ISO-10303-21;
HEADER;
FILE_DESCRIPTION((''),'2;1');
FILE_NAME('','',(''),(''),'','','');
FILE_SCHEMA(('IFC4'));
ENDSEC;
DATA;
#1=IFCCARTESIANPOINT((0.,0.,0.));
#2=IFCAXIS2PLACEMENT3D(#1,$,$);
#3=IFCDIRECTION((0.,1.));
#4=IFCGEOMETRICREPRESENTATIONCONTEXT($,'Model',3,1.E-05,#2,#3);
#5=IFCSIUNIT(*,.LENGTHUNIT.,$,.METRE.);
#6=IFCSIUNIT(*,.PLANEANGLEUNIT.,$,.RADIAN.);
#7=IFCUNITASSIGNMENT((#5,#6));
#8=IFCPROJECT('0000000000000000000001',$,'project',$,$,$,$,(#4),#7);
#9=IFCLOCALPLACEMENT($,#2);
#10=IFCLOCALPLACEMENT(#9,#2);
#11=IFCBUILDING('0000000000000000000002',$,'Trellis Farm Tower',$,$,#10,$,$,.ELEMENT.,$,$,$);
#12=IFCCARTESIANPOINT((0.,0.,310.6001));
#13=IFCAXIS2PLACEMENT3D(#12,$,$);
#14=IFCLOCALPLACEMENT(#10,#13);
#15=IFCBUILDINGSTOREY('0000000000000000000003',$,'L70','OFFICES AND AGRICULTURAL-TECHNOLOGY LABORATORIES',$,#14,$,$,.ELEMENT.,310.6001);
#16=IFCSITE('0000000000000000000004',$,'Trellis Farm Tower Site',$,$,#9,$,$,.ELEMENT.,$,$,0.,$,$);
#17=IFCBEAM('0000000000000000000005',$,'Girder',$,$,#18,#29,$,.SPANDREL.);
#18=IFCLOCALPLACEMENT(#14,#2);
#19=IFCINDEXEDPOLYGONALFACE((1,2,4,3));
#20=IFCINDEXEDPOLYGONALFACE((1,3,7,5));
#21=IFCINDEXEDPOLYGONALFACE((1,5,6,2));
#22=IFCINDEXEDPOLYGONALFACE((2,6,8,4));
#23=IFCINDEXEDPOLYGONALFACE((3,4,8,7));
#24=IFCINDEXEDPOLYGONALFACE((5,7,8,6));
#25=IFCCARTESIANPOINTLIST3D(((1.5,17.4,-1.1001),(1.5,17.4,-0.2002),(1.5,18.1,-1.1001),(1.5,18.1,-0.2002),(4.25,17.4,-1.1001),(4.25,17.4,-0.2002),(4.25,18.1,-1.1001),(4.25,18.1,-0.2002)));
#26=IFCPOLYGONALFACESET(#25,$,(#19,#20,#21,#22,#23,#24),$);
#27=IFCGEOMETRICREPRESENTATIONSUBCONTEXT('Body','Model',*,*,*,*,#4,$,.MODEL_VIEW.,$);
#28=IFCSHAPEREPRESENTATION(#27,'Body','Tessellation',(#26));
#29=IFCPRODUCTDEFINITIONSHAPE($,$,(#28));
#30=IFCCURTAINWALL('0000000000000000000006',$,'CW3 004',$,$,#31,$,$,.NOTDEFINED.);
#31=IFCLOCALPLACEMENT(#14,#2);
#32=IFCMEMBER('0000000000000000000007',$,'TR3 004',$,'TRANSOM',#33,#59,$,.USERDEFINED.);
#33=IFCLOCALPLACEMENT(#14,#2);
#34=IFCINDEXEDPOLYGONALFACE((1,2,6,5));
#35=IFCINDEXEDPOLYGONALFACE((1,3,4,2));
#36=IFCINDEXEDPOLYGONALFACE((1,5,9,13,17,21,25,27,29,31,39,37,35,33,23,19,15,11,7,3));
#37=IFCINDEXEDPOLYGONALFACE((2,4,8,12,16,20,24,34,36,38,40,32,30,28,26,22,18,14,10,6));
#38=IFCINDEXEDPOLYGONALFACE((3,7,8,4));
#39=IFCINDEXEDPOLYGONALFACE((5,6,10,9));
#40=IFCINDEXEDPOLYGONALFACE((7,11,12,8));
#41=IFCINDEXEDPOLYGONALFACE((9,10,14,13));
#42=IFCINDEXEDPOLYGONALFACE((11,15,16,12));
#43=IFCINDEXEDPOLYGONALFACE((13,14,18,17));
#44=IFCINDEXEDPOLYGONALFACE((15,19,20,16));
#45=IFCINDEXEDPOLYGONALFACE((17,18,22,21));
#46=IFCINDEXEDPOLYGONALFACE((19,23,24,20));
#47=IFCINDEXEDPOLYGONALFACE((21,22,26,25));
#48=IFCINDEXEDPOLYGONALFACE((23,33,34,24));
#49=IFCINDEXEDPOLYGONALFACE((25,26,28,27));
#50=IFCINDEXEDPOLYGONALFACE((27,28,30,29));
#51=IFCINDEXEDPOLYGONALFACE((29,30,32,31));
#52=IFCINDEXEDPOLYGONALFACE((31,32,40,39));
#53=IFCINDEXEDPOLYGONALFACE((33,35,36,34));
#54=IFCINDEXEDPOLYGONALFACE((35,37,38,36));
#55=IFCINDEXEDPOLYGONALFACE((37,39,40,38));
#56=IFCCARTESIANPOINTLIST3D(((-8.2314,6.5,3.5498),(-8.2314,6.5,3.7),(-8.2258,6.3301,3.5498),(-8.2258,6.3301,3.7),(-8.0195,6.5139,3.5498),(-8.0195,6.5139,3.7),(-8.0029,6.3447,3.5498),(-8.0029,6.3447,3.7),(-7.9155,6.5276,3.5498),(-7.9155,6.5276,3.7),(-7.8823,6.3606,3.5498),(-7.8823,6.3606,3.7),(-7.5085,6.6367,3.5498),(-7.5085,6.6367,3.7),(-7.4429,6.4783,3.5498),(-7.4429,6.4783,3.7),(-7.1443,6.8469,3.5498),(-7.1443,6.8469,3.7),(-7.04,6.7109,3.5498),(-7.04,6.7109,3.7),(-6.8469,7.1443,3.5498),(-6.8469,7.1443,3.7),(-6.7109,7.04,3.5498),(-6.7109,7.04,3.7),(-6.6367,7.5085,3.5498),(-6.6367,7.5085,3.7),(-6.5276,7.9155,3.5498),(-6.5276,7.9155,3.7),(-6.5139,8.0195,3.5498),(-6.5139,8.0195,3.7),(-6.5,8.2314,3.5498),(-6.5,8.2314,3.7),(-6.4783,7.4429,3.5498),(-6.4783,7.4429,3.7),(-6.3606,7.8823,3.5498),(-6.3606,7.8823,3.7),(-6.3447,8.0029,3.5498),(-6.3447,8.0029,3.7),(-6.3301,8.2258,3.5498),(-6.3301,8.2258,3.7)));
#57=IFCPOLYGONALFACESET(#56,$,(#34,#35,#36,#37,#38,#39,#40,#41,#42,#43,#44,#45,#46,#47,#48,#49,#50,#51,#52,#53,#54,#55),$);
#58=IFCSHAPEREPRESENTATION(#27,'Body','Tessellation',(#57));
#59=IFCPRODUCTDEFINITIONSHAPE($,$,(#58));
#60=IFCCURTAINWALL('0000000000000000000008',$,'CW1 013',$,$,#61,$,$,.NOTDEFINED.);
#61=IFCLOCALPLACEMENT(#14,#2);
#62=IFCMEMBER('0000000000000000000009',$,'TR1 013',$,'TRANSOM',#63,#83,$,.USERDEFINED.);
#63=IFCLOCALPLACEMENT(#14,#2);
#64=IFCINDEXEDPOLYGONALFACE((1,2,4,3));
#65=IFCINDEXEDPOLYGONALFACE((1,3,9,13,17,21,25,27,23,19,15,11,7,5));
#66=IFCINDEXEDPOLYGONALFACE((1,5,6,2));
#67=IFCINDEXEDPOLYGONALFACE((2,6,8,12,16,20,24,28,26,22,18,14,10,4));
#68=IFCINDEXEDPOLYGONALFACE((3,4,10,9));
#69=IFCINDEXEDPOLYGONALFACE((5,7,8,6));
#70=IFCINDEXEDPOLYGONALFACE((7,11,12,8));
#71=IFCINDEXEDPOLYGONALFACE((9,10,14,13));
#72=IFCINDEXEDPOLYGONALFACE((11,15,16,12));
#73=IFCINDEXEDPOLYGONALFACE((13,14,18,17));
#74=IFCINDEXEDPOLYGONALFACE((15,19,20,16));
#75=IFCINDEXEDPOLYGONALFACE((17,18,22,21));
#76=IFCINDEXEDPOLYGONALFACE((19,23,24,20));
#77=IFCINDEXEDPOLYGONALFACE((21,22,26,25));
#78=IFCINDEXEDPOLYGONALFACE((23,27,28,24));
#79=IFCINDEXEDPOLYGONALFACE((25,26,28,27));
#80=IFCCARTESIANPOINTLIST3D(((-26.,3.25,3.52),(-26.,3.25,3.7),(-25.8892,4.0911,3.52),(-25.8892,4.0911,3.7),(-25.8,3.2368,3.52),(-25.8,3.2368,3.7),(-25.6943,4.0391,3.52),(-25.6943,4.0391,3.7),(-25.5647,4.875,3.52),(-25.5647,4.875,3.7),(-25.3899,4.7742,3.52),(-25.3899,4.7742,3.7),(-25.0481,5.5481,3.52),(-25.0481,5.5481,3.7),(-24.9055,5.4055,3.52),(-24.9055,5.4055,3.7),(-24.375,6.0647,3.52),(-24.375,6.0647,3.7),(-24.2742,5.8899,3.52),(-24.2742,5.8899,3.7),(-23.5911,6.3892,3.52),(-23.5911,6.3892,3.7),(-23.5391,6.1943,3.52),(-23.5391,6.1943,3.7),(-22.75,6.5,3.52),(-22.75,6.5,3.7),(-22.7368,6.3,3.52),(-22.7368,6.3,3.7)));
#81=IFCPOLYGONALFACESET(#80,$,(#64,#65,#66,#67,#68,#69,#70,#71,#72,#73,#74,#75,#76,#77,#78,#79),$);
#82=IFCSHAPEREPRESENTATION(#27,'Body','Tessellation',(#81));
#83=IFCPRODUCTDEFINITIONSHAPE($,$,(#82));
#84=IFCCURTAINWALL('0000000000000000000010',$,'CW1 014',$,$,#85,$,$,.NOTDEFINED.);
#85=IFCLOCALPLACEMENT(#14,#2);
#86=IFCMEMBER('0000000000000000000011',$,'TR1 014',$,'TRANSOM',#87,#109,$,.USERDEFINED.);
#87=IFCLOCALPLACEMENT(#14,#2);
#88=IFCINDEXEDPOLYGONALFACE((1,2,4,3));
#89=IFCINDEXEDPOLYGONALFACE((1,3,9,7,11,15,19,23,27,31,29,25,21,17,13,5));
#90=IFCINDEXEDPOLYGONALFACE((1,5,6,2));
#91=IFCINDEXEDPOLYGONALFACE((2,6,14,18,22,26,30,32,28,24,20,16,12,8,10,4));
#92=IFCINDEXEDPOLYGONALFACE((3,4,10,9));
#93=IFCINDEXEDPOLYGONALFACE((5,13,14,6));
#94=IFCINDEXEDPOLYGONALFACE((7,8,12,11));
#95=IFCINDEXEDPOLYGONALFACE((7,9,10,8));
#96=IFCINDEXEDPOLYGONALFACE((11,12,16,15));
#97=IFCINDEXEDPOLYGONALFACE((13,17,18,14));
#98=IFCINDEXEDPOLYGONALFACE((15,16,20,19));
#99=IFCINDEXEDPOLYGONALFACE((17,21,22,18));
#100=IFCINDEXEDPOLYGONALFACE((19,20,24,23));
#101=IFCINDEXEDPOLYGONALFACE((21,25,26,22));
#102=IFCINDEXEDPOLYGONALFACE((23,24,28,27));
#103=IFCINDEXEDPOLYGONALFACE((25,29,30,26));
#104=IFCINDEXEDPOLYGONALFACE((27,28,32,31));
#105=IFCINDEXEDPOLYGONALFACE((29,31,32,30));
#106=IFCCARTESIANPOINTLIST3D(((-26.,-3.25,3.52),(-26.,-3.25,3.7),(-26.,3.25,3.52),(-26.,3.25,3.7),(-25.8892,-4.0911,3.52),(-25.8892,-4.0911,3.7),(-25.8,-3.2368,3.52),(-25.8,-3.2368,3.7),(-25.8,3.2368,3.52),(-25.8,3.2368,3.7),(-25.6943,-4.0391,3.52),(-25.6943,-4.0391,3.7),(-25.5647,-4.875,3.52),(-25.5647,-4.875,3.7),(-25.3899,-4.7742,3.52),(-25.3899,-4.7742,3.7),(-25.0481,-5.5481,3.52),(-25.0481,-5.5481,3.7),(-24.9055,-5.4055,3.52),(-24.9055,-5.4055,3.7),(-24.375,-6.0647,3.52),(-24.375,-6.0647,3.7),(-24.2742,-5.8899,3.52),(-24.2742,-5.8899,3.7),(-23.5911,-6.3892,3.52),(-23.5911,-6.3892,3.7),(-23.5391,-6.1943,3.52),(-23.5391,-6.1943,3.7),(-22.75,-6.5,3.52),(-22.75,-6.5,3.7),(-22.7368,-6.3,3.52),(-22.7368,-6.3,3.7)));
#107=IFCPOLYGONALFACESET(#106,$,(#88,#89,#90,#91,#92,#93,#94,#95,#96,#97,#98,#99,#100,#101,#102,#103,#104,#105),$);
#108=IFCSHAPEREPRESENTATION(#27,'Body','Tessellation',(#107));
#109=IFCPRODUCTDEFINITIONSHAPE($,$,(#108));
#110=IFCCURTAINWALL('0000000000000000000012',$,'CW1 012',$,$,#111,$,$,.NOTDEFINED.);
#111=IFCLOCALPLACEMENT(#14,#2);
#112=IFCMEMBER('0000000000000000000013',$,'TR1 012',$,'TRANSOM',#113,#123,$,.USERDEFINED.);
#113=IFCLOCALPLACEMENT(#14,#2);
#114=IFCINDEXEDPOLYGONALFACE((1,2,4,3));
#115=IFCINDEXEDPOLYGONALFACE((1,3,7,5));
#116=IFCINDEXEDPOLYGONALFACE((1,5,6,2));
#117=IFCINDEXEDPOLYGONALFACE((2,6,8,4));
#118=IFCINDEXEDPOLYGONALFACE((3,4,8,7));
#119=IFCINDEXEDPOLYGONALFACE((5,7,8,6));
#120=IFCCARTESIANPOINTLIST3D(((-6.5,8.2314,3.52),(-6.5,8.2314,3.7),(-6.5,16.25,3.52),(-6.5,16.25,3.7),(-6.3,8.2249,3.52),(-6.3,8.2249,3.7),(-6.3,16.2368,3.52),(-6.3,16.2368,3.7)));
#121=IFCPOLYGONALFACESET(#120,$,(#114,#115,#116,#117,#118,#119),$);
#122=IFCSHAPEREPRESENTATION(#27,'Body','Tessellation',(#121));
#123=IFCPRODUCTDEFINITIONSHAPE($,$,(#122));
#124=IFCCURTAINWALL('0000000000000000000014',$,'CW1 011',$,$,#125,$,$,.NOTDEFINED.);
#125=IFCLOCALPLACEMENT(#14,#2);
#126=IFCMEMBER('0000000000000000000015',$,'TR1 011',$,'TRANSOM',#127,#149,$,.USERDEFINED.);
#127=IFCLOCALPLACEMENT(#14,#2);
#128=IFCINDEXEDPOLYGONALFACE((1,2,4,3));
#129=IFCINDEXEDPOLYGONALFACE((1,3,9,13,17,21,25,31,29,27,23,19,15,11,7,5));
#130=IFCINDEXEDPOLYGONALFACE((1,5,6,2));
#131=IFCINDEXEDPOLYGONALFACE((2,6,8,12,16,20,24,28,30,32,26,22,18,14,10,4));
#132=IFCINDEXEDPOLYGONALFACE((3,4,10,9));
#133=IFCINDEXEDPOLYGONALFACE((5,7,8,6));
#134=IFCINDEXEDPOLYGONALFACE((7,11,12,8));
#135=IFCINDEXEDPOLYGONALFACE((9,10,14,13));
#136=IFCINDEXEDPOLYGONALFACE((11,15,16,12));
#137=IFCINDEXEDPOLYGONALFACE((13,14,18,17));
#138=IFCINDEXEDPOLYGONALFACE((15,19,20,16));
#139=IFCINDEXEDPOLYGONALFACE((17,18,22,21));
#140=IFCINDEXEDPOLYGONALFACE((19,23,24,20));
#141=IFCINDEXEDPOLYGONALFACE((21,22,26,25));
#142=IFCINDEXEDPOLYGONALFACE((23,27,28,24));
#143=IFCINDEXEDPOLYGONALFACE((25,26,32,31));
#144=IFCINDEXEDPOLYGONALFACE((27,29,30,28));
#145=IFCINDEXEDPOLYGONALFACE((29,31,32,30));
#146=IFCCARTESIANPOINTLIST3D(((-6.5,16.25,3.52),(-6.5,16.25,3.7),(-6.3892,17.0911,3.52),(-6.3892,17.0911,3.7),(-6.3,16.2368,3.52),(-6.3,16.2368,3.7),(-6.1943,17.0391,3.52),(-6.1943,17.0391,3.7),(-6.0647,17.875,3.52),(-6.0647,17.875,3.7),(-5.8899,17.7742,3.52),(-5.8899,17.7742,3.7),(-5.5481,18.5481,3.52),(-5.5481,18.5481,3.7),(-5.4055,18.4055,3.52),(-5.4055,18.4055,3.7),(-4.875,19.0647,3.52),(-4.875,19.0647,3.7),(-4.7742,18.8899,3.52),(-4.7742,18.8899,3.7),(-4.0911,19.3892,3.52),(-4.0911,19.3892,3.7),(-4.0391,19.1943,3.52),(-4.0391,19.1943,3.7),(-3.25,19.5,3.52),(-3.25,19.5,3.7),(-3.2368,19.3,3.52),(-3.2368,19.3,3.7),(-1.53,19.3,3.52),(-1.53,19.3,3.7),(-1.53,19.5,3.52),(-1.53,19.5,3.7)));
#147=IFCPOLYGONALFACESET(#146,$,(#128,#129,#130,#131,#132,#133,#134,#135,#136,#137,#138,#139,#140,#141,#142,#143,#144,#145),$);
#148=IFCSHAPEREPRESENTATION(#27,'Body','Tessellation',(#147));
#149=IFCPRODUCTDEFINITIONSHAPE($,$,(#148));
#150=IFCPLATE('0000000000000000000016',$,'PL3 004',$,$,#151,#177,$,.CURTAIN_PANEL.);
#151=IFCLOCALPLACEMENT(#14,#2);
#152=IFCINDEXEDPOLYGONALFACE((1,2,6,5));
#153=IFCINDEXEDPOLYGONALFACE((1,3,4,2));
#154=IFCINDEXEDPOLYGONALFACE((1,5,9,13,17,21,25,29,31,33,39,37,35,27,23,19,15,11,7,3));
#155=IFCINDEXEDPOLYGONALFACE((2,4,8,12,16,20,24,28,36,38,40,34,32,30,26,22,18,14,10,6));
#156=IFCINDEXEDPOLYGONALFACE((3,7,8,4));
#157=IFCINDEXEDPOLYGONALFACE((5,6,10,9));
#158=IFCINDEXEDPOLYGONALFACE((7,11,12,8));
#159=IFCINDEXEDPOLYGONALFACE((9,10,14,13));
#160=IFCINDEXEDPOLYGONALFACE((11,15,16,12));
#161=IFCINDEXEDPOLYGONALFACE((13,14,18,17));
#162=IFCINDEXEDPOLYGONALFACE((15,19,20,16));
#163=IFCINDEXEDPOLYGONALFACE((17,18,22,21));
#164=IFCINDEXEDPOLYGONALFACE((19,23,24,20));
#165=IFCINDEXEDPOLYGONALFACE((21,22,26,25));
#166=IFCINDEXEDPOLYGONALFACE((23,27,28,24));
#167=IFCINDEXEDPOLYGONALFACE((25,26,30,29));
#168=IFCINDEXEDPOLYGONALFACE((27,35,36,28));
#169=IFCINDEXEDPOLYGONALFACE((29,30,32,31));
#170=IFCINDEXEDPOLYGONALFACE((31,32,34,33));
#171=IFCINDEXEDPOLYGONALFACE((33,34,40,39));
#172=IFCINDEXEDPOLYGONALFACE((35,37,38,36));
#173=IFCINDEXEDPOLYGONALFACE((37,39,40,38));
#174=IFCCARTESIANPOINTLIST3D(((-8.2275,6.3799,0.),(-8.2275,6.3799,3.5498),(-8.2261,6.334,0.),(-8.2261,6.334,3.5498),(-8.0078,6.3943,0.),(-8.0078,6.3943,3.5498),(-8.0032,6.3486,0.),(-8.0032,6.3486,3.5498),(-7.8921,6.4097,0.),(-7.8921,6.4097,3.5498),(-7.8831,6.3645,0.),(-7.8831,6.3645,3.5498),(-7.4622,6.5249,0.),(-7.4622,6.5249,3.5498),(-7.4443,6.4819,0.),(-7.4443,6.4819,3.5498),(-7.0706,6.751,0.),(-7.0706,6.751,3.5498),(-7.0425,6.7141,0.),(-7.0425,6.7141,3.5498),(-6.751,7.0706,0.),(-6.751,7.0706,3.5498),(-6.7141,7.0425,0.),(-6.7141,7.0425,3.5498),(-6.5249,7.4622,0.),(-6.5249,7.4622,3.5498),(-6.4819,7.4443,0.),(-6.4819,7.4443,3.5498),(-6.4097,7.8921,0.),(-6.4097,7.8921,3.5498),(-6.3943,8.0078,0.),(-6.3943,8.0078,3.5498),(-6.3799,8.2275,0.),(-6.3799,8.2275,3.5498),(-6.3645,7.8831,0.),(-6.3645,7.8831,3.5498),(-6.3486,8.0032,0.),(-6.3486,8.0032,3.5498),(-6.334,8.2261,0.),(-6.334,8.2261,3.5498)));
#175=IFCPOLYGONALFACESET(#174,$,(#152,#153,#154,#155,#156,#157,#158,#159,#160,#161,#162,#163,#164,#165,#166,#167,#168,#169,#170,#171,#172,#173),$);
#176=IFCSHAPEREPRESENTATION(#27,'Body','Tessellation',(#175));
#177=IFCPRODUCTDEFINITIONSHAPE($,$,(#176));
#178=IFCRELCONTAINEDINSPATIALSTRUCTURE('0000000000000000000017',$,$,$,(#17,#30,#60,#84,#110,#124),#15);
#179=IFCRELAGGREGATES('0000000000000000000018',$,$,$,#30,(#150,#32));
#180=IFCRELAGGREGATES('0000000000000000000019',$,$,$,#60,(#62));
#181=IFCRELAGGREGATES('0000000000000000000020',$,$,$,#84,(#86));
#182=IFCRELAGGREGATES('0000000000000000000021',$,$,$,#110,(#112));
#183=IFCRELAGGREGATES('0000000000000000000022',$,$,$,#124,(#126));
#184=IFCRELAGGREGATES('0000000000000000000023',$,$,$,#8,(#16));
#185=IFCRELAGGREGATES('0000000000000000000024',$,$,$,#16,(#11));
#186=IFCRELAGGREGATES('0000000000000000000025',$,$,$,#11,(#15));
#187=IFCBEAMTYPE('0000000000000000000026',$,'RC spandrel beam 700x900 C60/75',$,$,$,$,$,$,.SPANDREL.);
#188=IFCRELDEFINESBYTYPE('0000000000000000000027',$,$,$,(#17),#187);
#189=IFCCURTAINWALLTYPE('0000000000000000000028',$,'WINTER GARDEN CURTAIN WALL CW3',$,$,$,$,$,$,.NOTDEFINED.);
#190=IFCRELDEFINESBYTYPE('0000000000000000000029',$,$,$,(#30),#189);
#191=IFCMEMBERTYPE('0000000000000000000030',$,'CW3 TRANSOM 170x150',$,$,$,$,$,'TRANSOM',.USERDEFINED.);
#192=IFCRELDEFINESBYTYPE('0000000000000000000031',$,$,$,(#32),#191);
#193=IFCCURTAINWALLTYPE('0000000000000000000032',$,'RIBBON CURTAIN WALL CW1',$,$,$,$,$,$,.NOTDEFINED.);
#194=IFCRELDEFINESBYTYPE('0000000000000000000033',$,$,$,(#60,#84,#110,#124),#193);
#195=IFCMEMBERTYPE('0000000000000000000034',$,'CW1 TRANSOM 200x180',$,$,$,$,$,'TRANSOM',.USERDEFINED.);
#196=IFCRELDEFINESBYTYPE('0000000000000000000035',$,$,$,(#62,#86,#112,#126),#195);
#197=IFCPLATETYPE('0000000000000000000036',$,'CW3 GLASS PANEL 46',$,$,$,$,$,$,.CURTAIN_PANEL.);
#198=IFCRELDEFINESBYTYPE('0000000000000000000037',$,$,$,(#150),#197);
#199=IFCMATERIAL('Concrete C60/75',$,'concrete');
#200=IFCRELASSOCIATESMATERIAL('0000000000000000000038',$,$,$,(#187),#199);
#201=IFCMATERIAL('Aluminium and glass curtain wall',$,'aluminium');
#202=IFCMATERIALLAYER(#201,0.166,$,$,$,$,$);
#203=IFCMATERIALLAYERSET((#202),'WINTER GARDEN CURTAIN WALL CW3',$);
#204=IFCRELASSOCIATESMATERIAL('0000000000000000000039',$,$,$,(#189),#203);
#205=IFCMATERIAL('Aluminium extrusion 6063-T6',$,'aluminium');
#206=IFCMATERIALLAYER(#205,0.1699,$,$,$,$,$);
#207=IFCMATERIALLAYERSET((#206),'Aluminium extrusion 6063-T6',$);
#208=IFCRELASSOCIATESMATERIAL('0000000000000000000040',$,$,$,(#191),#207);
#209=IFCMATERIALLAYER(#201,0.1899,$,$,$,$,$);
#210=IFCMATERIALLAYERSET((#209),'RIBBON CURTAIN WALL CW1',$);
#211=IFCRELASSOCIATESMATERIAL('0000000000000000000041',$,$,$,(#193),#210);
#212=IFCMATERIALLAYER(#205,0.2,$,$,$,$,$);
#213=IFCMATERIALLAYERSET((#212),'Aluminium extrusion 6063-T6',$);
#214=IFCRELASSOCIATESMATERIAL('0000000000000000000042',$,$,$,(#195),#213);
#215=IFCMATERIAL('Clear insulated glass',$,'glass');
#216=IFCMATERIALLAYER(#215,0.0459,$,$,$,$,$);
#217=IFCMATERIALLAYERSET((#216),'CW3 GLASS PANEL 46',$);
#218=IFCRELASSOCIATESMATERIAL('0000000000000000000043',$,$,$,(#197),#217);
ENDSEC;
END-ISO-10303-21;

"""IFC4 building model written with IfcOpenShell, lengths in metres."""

from ifc_helpers import new_model, si_unit, direction, frame, origin, origin_2d, place, context, subcontext, project, spatial, polyline, rectangle, outline, extrude, source, transform, mapped, material, layer, layer_set, material_profile, profile_set, type_object, element, aggregate, save


model = new_model("IFC4")

# Units and contexts
model_context = context("Model", 3, precision=1e-05, world=origin(), true_north=direction((0.0, 1.0)))
body_context = subcontext(model_context, "Body", "Model", "MODEL_VIEW")
ifc_project = project(units=[si_unit("LENGTHUNIT", "METRE"), si_unit("PLANEANGLEUNIT", "RADIAN")], contexts=[model_context])

# Site, building, storey
site_placement = place(None, origin())
site = spatial("IfcSite", under=ifc_project, at=site_placement, Name="Trellis Farm Tower Site", CompositionType="ELEMENT", RefElevation=0.0)
building_placement = place(site_placement, origin())
building = spatial("IfcBuilding", under=site, at=building_placement, Name="Trellis Farm Tower", CompositionType="ELEMENT")
storey_placement = place(building_placement, frame((0.0, 0.0, 310.6001)))
storey = spatial("IfcBuildingStorey", under=building, at=storey_placement, Name="L70", Description="OFFICES AND AGRICULTURAL-TECHNOLOGY LABORATORIES", CompositionType="ELEMENT", Elevation=310.6001)

# Beam
ifc_material_1 = material(Name="Concrete C60/75", Category="concrete")
ifc_material_profile = material_profile(ifc_material_1, rectangle(XDim=0.7, YDim=0.8999, at=origin_2d()), Name="RC spandrel beam 700x900 C60/75")
ifc_profile_set = profile_set([ifc_material_profile], Name="Concrete C60/75")
beam_type = type_object("IfcBeamType", Name="RC spandrel beam 700x900 C60/75", PredefinedType="SPANDREL", material=ifc_profile_set)
shared_shape_1 = source(origin(), body_context, "Body", "SweptSolid", [
    extrude(rectangle(XDim=0.7, YDim=0.8999, at=origin_2d()), origin(), (0.0, 0.0, 1.0), 2.75),
])
beam_placement = place(storey_placement, frame((1.5, 17.75, -0.6501), z_axis=(1.0, 0.0, 0.0), x_axis=(0.0, 1.0, 0.0)))
element("IfcBeam", 1, at=beam_placement, inside=storey, type_object=beam_type, Name="Girder", PredefinedType="SPANDREL", context=body_context, shape_type="MappedRepresentation", body=[
    mapped(shared_shape_1, transform((0.0, 0.0, 0.0))),
])

# Curtain walls, members
ifc_material_2 = material(Name="Aluminium and glass curtain wall", Category="aluminium")
ifc_layer_1 = layer(ifc_material_2, 0.166)
ifc_layer_set_1 = layer_set([ifc_layer_1], Name="WINTER GARDEN CURTAIN WALL CW3")
curtain_wall_type_1 = type_object("IfcCurtainWallType", Name="WINTER GARDEN CURTAIN WALL CW3", PredefinedType="NOTDEFINED", material=ifc_layer_set_1)
placement_1 = place(storey_placement, origin())
curtain_wall_1 = element("IfcCurtainWall", 2, at=placement_1, inside=storey, type_object=curtain_wall_type_1, Name="CW3 004", PredefinedType="NOTDEFINED")
ifc_material_3 = material(Name="Aluminium extrusion 6063-T6", Category="aluminium")
ifc_layer_2 = layer(ifc_material_3, 0.1699)
ifc_layer_set_2 = layer_set([ifc_layer_2], Name="Aluminium extrusion 6063-T6")
member_type_1 = type_object("IfcMemberType", Name="CW3 TRANSOM 170x150", ElementType="TRANSOM", PredefinedType="USERDEFINED", material=ifc_layer_set_2)
shared_shape_2 = source(origin(), body_context, "Body", "SweptSolid", [
    extrude(outline(polyline([(-6.5, 8.2314), (-6.5139, 8.0195), (-6.5276, 7.9155), (-6.6367, 7.5085), (-6.8469, 7.1443), (-7.1443, 6.8469), (-7.5085, 6.6367), (-7.9155, 6.5276), (-8.0195, 6.5139), (-8.2314, 6.5), (-8.2258, 6.3301), (-8.0029, 6.3447), (-7.8823, 6.3606), (-7.4429, 6.4783), (-7.04, 6.7109), (-6.7109, 7.04), (-6.4783, 7.4429), (-6.3606, 7.8823), (-6.3447, 8.0029), (-6.3301, 8.2258), (-6.5, 8.2314)])), origin(), (0.0, 0.0, 1.0), 0.1501),
])
member_1_placement = place(storey_placement, frame((0.0, 0.0, 3.5498)))
member_1 = element("IfcMember", 3, at=member_1_placement, type_object=member_type_1, Name="TR3 004", ObjectType="TRANSOM", PredefinedType="USERDEFINED", context=body_context, shape_type="MappedRepresentation", body=[
    mapped(shared_shape_2, transform((0.0, 0.0, 0.0))),
])
ifc_layer_3 = layer(ifc_material_2, 0.1899)
ifc_layer_set_3 = layer_set([ifc_layer_3], Name="RIBBON CURTAIN WALL CW1")
curtain_wall_type_2 = type_object("IfcCurtainWallType", Name="RIBBON CURTAIN WALL CW1", PredefinedType="NOTDEFINED", material=ifc_layer_set_3)
curtain_wall_2 = element("IfcCurtainWall", 4, at=placement_1, inside=storey, type_object=curtain_wall_type_2, Name="CW1 013", PredefinedType="NOTDEFINED")
ifc_layer_4 = layer(ifc_material_3, 0.2)
ifc_layer_set_4 = layer_set([ifc_layer_4], Name="Aluminium extrusion 6063-T6")
member_type_2 = type_object("IfcMemberType", Name="CW1 TRANSOM 200x180", ElementType="TRANSOM", PredefinedType="USERDEFINED", material=ifc_layer_set_4)
shared_shape_3 = source(origin(), body_context, "Body", "SweptSolid", [
    extrude(outline(polyline([(-22.75, 6.5), (-23.5911, 6.3892), (-24.375, 6.0647), (-25.0481, 5.5481), (-25.5647, 4.875), (-25.8892, 4.0911), (-26.0, 3.25), (-25.8, 3.2368), (-25.6943, 4.0391), (-25.3899, 4.7742), (-24.9055, 5.4055), (-24.2742, 5.8899), (-23.5391, 6.1943), (-22.7368, 6.3), (-22.75, 6.5)])), origin(), (0.0, 0.0, 1.0), 0.1799),
])
placement_2 = place(storey_placement, frame((0.0, 0.0, 3.52)))
member_2 = element("IfcMember", 5, at=placement_2, type_object=member_type_2, Name="TR1 013", ObjectType="TRANSOM", PredefinedType="USERDEFINED", context=body_context, shape_type="MappedRepresentation", body=[
    mapped(shared_shape_3, transform((0.0, 0.0, 0.0))),
])
curtain_wall_3 = element("IfcCurtainWall", 6, at=placement_1, inside=storey, type_object=curtain_wall_type_2, Name="CW1 014", PredefinedType="NOTDEFINED")
shared_shape_4 = source(origin(), body_context, "Body", "SweptSolid", [
    extrude(outline(polyline([(-26.0, 3.25), (-26.0, -3.25), (-25.8892, -4.0911), (-25.5647, -4.875), (-25.0481, -5.5481), (-24.375, -6.0647), (-23.5911, -6.3892), (-22.75, -6.5), (-22.7368, -6.3), (-23.5391, -6.1943), (-24.2742, -5.8899), (-24.9055, -5.4055), (-25.3899, -4.7742), (-25.6943, -4.0391), (-25.8, -3.2368), (-25.8, 3.2368), (-26.0, 3.25)])), origin(), (0.0, 0.0, 1.0), 0.1799),
])
member_3 = element("IfcMember", 7, at=placement_2, type_object=member_type_2, Name="TR1 014", ObjectType="TRANSOM", PredefinedType="USERDEFINED", context=body_context, shape_type="MappedRepresentation", body=[
    mapped(shared_shape_4, transform((0.0, 0.0, 0.0))),
])
curtain_wall_4 = element("IfcCurtainWall", 8, at=placement_1, inside=storey, type_object=curtain_wall_type_2, Name="CW1 012", PredefinedType="NOTDEFINED")
shared_shape_5 = source(origin(), body_context, "Body", "SweptSolid", [
    extrude(outline(polyline([(-6.5, 16.25), (-6.5, 8.2314), (-6.3, 8.2249), (-6.3, 16.2368), (-6.5, 16.25)])), origin(), (0.0, 0.0, 1.0), 0.1799),
])
member_4 = element("IfcMember", 9, at=placement_2, type_object=member_type_2, Name="TR1 012", ObjectType="TRANSOM", PredefinedType="USERDEFINED", context=body_context, shape_type="MappedRepresentation", body=[
    mapped(shared_shape_5, transform((0.0, 0.0, 0.0))),
])
curtain_wall_5 = element("IfcCurtainWall", 10, at=placement_1, inside=storey, type_object=curtain_wall_type_2, Name="CW1 011", PredefinedType="NOTDEFINED")
shared_shape_6 = source(origin(), body_context, "Body", "SweptSolid", [
    extrude(outline(polyline([(-1.53, 19.5), (-3.25, 19.5), (-4.0911, 19.3892), (-4.875, 19.0647), (-5.5481, 18.5481), (-6.0647, 17.875), (-6.3892, 17.0911), (-6.5, 16.25), (-6.3, 16.2368), (-6.1943, 17.0391), (-5.8899, 17.7742), (-5.4055, 18.4055), (-4.7742, 18.8899), (-4.0391, 19.1943), (-3.2368, 19.3), (-1.53, 19.3), (-1.53, 19.5)])), origin(), (0.0, 0.0, 1.0), 0.1799),
])
member_5 = element("IfcMember", 11, at=placement_2, type_object=member_type_2, Name="TR1 011", ObjectType="TRANSOM", PredefinedType="USERDEFINED", context=body_context, shape_type="MappedRepresentation", body=[
    mapped(shared_shape_6, transform((0.0, 0.0, 0.0))),
])

# Plate
ifc_material_4 = material(Name="Clear insulated glass", Category="glass")
ifc_layer_5 = layer(ifc_material_4, 0.0459)
ifc_layer_set_5 = layer_set([ifc_layer_5], Name="CW3 GLASS PANEL 46")
plate_type_1 = type_object("IfcPlateType", Name="CW3 GLASS PANEL 46", PredefinedType="CURTAIN_PANEL", material=ifc_layer_set_5)
shared_shape_7 = source(origin(), body_context, "Body", "SweptSolid", [
    extrude(outline(polyline([(-6.3799, 8.2275), (-6.3943, 8.0078), (-6.4097, 7.8921), (-6.5249, 7.4622), (-6.751, 7.0706), (-7.0706, 6.751), (-7.4622, 6.5249), (-7.8921, 6.4097), (-8.0078, 6.3943), (-8.2275, 6.3799), (-8.2261, 6.334), (-8.0032, 6.3486), (-7.8831, 6.3645), (-7.4443, 6.4819), (-7.0425, 6.7141), (-6.7141, 7.0425), (-6.4819, 7.4443), (-6.3645, 7.8831), (-6.3486, 8.0032), (-6.334, 8.2261), (-6.3799, 8.2275)])), origin(), (0.0, 0.0, 1.0), 3.5498),
])
plate_1 = element("IfcPlate", 12, at=placement_1, type_object=plate_type_1, Name="PL3 004", PredefinedType="CURTAIN_PANEL", context=body_context, shape_type="MappedRepresentation", body=[
    mapped(shared_shape_7, transform((0.0, 0.0, 0.0))),
])
aggregate(curtain_wall_1, [plate_1, member_1])
aggregate(curtain_wall_2, [member_2])
aggregate(curtain_wall_3, [member_3])
aggregate(curtain_wall_4, [member_4])
aggregate(curtain_wall_5, [member_5])

save(model, "model.ifc")
